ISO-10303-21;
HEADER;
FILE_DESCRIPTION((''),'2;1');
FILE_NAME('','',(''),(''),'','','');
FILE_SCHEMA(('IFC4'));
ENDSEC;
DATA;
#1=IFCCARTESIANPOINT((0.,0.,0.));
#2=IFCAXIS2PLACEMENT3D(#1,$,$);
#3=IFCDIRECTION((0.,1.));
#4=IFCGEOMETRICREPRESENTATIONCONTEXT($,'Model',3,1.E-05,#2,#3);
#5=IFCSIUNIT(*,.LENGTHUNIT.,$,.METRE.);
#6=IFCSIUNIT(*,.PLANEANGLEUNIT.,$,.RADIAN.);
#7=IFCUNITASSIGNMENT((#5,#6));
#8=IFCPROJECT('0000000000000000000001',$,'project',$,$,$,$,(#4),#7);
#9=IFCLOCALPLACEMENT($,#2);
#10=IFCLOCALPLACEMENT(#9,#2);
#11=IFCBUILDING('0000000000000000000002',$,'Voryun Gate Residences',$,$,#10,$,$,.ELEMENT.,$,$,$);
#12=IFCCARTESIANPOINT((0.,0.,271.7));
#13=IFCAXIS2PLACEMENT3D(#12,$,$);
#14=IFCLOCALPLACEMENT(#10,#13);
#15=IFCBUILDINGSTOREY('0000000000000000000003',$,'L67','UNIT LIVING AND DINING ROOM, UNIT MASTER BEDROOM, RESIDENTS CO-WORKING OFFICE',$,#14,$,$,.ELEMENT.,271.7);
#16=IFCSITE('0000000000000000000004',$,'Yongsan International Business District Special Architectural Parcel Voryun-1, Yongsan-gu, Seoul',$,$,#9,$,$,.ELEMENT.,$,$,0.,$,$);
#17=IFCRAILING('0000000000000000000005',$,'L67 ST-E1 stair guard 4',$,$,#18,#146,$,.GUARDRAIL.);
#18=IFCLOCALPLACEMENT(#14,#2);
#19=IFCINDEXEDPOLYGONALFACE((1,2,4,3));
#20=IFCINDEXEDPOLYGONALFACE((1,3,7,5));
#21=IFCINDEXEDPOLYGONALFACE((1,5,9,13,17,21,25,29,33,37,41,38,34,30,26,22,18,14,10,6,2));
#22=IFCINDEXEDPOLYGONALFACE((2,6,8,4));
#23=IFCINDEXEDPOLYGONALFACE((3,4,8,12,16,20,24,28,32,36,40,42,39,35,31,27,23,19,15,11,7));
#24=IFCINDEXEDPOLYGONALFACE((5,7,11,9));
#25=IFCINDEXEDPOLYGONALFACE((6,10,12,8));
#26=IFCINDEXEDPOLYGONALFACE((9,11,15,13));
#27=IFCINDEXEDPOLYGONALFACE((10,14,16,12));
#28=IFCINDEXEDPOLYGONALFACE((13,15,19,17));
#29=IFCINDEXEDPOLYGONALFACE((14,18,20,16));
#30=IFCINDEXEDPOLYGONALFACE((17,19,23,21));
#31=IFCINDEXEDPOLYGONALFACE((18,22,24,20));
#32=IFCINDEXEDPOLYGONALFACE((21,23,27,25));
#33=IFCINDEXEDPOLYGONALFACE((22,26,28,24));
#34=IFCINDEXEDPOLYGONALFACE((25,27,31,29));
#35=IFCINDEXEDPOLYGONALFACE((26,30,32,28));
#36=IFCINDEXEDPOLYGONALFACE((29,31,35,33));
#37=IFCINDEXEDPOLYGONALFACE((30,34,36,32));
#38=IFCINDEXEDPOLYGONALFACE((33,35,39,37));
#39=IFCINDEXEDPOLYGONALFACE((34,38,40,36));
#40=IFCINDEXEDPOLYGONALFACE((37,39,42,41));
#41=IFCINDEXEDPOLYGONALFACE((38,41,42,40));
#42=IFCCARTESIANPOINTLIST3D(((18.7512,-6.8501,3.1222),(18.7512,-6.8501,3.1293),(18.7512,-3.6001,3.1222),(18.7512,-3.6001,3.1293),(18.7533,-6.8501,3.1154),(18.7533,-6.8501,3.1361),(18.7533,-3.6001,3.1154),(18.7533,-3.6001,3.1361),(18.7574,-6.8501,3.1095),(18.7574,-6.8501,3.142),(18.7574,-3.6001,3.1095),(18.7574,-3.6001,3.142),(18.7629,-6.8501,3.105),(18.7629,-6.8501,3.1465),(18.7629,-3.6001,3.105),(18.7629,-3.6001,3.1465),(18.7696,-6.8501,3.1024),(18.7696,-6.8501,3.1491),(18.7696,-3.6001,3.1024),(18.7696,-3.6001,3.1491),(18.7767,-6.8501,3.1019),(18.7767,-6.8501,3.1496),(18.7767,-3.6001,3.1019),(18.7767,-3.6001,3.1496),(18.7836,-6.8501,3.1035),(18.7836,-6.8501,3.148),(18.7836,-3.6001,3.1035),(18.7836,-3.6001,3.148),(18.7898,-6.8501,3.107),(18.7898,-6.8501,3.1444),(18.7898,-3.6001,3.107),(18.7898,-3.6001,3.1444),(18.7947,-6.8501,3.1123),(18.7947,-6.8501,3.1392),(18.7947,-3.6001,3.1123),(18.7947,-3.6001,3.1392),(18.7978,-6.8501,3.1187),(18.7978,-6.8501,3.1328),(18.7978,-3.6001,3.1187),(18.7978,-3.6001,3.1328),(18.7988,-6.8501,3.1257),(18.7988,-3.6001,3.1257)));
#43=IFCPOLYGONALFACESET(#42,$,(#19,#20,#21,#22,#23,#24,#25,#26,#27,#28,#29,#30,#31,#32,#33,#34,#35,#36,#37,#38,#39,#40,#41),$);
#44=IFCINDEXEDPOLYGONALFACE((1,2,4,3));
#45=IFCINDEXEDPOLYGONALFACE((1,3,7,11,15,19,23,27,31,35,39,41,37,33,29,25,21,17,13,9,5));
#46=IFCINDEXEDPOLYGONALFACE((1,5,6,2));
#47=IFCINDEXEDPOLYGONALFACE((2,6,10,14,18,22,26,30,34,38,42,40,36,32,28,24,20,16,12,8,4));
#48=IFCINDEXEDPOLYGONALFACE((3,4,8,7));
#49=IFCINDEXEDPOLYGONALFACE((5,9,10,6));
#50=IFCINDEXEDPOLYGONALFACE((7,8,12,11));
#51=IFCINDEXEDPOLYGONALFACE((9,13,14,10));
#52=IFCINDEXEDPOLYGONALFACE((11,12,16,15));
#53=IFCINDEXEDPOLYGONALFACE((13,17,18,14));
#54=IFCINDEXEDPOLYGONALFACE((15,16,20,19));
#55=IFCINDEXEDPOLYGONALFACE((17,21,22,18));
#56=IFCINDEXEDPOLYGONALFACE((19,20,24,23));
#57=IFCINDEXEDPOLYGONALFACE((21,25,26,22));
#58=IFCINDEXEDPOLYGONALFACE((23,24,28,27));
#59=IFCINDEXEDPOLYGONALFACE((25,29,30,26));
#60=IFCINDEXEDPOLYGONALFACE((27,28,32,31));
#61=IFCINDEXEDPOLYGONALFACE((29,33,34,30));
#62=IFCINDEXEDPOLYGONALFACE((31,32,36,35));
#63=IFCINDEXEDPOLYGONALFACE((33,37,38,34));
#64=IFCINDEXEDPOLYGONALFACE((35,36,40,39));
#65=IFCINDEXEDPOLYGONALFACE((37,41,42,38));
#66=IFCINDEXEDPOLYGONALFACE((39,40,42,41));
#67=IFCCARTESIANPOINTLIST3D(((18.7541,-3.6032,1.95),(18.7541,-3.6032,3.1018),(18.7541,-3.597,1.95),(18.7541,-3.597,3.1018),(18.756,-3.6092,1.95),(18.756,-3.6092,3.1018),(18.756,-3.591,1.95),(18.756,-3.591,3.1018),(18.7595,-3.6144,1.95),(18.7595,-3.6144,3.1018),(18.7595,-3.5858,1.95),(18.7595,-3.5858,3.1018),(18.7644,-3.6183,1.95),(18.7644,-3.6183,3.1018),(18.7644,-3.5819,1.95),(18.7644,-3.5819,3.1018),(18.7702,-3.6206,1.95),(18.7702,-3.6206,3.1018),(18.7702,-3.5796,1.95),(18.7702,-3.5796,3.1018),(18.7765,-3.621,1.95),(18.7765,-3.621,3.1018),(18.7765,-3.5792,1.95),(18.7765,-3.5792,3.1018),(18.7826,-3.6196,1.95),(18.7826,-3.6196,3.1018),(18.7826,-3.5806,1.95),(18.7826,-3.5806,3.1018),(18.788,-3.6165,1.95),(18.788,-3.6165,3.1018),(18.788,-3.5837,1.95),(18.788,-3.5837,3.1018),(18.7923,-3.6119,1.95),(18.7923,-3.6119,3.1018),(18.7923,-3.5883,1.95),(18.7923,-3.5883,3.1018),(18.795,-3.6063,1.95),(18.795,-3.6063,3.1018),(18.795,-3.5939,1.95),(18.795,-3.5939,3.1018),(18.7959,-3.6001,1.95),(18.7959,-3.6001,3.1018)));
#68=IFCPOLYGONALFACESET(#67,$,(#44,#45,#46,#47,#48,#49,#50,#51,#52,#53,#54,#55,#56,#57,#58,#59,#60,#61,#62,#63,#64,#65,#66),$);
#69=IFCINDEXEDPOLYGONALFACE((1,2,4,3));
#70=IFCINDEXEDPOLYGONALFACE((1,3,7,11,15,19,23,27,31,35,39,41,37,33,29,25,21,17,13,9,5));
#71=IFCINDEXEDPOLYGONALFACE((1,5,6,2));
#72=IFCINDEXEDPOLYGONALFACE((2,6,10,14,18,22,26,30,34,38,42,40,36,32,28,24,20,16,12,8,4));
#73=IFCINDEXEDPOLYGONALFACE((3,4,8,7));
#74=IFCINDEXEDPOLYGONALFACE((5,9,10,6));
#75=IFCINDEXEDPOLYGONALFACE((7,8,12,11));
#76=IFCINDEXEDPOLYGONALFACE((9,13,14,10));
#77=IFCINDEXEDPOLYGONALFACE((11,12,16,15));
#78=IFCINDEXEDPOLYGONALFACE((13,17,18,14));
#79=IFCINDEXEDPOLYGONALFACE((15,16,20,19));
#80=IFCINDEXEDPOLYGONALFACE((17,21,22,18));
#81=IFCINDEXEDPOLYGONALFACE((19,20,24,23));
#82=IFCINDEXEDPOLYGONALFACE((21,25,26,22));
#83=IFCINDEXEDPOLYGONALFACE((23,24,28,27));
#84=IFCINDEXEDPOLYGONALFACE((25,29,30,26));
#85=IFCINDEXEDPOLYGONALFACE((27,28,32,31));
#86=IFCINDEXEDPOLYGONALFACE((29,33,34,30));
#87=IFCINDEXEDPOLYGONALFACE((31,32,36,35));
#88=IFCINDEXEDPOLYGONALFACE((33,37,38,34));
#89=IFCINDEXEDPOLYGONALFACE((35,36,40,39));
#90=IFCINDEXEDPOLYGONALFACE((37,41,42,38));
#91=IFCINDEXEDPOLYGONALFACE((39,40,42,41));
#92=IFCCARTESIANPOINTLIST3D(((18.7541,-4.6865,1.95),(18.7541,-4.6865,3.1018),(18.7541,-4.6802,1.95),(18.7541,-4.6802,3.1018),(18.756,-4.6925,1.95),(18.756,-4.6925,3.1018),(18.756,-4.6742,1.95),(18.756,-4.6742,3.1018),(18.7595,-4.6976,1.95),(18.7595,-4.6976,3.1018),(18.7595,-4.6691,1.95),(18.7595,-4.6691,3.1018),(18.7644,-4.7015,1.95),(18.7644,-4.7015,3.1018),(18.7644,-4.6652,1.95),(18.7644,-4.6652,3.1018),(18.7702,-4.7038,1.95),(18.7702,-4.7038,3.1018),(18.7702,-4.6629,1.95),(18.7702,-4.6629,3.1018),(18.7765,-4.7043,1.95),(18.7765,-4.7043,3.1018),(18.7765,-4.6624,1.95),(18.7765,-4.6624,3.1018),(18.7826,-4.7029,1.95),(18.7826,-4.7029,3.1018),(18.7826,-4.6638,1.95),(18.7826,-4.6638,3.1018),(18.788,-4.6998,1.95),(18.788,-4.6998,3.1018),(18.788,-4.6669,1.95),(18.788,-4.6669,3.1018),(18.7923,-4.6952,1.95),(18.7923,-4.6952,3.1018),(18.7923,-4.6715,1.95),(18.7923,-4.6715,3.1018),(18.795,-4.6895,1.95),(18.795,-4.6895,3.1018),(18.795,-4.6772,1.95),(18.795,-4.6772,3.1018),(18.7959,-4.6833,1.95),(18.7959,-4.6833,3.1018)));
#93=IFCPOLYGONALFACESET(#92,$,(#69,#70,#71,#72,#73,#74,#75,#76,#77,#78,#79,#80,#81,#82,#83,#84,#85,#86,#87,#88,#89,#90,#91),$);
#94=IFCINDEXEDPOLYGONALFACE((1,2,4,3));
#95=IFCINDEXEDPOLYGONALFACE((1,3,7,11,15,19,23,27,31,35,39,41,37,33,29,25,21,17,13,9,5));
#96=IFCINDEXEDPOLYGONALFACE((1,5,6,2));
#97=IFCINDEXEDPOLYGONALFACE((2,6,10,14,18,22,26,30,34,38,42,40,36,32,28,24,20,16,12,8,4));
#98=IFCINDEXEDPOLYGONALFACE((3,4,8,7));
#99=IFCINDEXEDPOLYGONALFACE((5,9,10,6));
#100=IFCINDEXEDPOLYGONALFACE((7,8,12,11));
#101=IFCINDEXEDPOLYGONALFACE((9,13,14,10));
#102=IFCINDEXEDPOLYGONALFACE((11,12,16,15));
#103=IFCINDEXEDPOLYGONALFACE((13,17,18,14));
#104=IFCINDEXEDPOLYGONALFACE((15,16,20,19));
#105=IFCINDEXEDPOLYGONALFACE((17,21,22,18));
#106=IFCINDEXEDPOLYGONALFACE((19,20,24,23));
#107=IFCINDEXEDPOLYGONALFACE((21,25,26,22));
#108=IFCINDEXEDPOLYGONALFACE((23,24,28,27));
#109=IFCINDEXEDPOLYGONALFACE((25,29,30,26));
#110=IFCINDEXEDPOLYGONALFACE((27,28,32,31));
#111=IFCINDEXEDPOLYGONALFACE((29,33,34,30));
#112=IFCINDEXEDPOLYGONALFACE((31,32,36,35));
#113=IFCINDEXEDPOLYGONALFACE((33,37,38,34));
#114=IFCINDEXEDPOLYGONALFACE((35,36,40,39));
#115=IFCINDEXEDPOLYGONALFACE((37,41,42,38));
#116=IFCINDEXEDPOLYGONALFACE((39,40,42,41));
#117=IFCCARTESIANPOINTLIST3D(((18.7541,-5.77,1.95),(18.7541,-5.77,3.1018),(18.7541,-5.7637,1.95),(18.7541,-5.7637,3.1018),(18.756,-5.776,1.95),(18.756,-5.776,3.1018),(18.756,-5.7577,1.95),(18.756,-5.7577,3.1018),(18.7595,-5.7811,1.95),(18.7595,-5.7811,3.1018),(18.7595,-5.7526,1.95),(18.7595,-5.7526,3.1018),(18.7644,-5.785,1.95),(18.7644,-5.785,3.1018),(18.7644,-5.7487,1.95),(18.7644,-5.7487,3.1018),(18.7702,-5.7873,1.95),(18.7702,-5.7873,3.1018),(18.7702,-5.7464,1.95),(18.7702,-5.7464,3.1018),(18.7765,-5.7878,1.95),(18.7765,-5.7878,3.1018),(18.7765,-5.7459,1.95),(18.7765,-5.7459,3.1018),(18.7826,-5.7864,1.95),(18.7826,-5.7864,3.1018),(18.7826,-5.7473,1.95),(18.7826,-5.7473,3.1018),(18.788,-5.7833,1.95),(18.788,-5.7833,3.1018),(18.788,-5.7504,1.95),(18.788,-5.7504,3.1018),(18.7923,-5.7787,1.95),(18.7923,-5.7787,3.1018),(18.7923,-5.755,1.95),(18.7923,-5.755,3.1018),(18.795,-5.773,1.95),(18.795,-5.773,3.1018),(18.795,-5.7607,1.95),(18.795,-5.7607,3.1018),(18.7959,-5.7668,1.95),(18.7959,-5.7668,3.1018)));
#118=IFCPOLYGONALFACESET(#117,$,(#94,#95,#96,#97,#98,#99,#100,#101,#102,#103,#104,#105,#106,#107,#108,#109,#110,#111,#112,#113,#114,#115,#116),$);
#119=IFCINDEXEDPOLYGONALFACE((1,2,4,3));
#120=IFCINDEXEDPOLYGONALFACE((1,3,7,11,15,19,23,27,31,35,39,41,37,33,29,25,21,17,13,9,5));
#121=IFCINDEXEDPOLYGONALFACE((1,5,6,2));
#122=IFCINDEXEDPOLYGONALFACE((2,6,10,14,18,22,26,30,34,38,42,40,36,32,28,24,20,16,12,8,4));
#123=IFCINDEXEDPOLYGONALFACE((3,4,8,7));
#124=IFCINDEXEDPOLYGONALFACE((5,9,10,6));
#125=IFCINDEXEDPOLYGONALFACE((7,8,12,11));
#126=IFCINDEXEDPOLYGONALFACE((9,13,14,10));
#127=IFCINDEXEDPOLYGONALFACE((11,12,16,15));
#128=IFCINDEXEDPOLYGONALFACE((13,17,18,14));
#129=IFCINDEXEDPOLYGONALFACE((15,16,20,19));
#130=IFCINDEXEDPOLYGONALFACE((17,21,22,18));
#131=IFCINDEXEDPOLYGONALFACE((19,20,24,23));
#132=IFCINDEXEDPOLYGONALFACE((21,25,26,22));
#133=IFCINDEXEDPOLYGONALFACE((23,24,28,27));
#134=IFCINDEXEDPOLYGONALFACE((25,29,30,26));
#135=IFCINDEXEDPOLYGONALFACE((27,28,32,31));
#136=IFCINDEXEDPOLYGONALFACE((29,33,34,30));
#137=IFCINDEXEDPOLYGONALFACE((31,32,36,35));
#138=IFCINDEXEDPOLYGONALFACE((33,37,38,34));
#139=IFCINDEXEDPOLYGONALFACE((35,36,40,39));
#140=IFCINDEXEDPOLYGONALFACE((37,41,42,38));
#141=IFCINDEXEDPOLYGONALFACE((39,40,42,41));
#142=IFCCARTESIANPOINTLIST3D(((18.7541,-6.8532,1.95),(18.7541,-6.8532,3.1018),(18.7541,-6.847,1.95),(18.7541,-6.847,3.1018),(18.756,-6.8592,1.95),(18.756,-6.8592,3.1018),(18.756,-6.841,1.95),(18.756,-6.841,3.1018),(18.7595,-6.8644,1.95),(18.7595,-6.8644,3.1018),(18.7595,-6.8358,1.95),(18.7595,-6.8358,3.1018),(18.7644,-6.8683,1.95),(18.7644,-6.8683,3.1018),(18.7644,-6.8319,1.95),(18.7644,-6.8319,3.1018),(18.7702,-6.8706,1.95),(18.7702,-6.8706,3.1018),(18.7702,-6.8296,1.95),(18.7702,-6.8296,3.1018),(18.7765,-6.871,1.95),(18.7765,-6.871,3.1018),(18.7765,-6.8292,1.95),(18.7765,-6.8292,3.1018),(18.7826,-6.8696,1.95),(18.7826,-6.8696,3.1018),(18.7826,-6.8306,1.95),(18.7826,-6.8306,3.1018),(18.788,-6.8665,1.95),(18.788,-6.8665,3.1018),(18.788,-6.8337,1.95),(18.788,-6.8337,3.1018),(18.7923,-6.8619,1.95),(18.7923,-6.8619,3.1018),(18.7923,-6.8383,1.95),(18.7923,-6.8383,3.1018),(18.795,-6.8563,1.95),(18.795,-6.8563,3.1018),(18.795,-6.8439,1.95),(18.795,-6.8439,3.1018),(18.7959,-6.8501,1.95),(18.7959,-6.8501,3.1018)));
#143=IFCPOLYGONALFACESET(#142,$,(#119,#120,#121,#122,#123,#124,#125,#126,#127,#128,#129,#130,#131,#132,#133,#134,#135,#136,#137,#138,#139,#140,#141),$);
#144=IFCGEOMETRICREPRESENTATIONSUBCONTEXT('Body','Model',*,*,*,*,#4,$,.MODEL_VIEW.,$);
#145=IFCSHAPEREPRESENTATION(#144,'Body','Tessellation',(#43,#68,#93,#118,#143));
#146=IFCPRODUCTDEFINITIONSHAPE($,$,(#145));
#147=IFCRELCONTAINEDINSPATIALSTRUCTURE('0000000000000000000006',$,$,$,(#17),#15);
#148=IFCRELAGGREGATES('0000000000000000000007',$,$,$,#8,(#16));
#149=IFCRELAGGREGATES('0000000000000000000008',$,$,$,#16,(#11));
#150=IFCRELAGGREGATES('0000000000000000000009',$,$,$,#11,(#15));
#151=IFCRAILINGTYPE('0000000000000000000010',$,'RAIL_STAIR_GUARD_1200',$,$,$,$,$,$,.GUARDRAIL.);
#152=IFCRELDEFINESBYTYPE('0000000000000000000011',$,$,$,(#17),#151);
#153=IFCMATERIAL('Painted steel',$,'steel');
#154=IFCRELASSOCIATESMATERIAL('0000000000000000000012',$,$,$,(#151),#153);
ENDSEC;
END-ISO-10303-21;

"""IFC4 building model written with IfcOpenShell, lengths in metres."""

from ifc_helpers import new_model, si_unit, direction, frame, origin, origin_2d, place, context, subcontext, project, spatial, circle, extrude, material, type_object, element, save


model = new_model("IFC4")

# Units and contexts
model_context = context("Model", 3, precision=1e-05, world=origin(), true_north=direction((0.0, 1.0)))
body_context = subcontext(model_context, "Body", "Model", "MODEL_VIEW")
ifc_project = project(units=[si_unit("LENGTHUNIT", "METRE"), si_unit("PLANEANGLEUNIT", "RADIAN")], contexts=[model_context])

# Site, building, storey
site_placement = place(None, origin())
site = spatial("IfcSite", under=ifc_project, at=site_placement, Name="Yongsan International Business District Special Architectural Parcel Voryun-1, Yongsan-gu, Seoul", CompositionType="ELEMENT", RefElevation=0.0)
building_placement = place(site_placement, origin())
building = spatial("IfcBuilding", under=site, at=building_placement, Name="Voryun Gate Residences", CompositionType="ELEMENT")
storey_placement = place(building_placement, frame((0.0, 0.0, 271.7)))
storey = spatial("IfcBuildingStorey", under=building, at=storey_placement, Name="L67", Description="UNIT LIVING AND DINING ROOM, UNIT MASTER BEDROOM, RESIDENTS CO-WORKING OFFICE", CompositionType="ELEMENT", Elevation=271.7)

# Railing
ifc_material_1 = material(Name="Painted steel", Category="steel")
railing_type_1 = type_object("IfcRailingType", Name="RAIL_STAIR_GUARD_1200", PredefinedType="GUARDRAIL", material=ifc_material_1)
for number, where, name in (
    (1, (18.7749, -3.6001, 1.95), "L67 ST-E1 stair guard 4"),
):
    element("IfcRailing", number, at=place(storey_placement, frame(where)), inside=storey, type_object=railing_type_1, Name=name, PredefinedType="GUARDRAIL", context=body_context, shape_type="SweptSolid", body=[
        extrude(circle(Radius=0.0239, at=origin_2d()), frame((0.0, 0.0, 1.1758), z_axis=(0.0, -1.0, 0.0), x_axis=(1.0, 0.0, 0.0)), (0.0, 0.0, 1.0), 3.25),
        extrude(circle(Radius=0.021, at=origin_2d()), origin(), (0.0, 0.0, 1.0), 1.1519),
        extrude(circle(Radius=0.021, at=origin_2d()), frame((0.0, -1.0833, 0.0)), (0.0, 0.0, 1.0), 1.1519),
        extrude(circle(Radius=0.021, at=origin_2d()), frame((0.0, -2.1667, 0.0)), (0.0, 0.0, 1.0), 1.1519),
        extrude(circle(Radius=0.021, at=origin_2d()), frame((0.0, -3.25, 0.0)), (0.0, 0.0, 1.0), 1.1519),
    ])

save(model, "model.ifc")
